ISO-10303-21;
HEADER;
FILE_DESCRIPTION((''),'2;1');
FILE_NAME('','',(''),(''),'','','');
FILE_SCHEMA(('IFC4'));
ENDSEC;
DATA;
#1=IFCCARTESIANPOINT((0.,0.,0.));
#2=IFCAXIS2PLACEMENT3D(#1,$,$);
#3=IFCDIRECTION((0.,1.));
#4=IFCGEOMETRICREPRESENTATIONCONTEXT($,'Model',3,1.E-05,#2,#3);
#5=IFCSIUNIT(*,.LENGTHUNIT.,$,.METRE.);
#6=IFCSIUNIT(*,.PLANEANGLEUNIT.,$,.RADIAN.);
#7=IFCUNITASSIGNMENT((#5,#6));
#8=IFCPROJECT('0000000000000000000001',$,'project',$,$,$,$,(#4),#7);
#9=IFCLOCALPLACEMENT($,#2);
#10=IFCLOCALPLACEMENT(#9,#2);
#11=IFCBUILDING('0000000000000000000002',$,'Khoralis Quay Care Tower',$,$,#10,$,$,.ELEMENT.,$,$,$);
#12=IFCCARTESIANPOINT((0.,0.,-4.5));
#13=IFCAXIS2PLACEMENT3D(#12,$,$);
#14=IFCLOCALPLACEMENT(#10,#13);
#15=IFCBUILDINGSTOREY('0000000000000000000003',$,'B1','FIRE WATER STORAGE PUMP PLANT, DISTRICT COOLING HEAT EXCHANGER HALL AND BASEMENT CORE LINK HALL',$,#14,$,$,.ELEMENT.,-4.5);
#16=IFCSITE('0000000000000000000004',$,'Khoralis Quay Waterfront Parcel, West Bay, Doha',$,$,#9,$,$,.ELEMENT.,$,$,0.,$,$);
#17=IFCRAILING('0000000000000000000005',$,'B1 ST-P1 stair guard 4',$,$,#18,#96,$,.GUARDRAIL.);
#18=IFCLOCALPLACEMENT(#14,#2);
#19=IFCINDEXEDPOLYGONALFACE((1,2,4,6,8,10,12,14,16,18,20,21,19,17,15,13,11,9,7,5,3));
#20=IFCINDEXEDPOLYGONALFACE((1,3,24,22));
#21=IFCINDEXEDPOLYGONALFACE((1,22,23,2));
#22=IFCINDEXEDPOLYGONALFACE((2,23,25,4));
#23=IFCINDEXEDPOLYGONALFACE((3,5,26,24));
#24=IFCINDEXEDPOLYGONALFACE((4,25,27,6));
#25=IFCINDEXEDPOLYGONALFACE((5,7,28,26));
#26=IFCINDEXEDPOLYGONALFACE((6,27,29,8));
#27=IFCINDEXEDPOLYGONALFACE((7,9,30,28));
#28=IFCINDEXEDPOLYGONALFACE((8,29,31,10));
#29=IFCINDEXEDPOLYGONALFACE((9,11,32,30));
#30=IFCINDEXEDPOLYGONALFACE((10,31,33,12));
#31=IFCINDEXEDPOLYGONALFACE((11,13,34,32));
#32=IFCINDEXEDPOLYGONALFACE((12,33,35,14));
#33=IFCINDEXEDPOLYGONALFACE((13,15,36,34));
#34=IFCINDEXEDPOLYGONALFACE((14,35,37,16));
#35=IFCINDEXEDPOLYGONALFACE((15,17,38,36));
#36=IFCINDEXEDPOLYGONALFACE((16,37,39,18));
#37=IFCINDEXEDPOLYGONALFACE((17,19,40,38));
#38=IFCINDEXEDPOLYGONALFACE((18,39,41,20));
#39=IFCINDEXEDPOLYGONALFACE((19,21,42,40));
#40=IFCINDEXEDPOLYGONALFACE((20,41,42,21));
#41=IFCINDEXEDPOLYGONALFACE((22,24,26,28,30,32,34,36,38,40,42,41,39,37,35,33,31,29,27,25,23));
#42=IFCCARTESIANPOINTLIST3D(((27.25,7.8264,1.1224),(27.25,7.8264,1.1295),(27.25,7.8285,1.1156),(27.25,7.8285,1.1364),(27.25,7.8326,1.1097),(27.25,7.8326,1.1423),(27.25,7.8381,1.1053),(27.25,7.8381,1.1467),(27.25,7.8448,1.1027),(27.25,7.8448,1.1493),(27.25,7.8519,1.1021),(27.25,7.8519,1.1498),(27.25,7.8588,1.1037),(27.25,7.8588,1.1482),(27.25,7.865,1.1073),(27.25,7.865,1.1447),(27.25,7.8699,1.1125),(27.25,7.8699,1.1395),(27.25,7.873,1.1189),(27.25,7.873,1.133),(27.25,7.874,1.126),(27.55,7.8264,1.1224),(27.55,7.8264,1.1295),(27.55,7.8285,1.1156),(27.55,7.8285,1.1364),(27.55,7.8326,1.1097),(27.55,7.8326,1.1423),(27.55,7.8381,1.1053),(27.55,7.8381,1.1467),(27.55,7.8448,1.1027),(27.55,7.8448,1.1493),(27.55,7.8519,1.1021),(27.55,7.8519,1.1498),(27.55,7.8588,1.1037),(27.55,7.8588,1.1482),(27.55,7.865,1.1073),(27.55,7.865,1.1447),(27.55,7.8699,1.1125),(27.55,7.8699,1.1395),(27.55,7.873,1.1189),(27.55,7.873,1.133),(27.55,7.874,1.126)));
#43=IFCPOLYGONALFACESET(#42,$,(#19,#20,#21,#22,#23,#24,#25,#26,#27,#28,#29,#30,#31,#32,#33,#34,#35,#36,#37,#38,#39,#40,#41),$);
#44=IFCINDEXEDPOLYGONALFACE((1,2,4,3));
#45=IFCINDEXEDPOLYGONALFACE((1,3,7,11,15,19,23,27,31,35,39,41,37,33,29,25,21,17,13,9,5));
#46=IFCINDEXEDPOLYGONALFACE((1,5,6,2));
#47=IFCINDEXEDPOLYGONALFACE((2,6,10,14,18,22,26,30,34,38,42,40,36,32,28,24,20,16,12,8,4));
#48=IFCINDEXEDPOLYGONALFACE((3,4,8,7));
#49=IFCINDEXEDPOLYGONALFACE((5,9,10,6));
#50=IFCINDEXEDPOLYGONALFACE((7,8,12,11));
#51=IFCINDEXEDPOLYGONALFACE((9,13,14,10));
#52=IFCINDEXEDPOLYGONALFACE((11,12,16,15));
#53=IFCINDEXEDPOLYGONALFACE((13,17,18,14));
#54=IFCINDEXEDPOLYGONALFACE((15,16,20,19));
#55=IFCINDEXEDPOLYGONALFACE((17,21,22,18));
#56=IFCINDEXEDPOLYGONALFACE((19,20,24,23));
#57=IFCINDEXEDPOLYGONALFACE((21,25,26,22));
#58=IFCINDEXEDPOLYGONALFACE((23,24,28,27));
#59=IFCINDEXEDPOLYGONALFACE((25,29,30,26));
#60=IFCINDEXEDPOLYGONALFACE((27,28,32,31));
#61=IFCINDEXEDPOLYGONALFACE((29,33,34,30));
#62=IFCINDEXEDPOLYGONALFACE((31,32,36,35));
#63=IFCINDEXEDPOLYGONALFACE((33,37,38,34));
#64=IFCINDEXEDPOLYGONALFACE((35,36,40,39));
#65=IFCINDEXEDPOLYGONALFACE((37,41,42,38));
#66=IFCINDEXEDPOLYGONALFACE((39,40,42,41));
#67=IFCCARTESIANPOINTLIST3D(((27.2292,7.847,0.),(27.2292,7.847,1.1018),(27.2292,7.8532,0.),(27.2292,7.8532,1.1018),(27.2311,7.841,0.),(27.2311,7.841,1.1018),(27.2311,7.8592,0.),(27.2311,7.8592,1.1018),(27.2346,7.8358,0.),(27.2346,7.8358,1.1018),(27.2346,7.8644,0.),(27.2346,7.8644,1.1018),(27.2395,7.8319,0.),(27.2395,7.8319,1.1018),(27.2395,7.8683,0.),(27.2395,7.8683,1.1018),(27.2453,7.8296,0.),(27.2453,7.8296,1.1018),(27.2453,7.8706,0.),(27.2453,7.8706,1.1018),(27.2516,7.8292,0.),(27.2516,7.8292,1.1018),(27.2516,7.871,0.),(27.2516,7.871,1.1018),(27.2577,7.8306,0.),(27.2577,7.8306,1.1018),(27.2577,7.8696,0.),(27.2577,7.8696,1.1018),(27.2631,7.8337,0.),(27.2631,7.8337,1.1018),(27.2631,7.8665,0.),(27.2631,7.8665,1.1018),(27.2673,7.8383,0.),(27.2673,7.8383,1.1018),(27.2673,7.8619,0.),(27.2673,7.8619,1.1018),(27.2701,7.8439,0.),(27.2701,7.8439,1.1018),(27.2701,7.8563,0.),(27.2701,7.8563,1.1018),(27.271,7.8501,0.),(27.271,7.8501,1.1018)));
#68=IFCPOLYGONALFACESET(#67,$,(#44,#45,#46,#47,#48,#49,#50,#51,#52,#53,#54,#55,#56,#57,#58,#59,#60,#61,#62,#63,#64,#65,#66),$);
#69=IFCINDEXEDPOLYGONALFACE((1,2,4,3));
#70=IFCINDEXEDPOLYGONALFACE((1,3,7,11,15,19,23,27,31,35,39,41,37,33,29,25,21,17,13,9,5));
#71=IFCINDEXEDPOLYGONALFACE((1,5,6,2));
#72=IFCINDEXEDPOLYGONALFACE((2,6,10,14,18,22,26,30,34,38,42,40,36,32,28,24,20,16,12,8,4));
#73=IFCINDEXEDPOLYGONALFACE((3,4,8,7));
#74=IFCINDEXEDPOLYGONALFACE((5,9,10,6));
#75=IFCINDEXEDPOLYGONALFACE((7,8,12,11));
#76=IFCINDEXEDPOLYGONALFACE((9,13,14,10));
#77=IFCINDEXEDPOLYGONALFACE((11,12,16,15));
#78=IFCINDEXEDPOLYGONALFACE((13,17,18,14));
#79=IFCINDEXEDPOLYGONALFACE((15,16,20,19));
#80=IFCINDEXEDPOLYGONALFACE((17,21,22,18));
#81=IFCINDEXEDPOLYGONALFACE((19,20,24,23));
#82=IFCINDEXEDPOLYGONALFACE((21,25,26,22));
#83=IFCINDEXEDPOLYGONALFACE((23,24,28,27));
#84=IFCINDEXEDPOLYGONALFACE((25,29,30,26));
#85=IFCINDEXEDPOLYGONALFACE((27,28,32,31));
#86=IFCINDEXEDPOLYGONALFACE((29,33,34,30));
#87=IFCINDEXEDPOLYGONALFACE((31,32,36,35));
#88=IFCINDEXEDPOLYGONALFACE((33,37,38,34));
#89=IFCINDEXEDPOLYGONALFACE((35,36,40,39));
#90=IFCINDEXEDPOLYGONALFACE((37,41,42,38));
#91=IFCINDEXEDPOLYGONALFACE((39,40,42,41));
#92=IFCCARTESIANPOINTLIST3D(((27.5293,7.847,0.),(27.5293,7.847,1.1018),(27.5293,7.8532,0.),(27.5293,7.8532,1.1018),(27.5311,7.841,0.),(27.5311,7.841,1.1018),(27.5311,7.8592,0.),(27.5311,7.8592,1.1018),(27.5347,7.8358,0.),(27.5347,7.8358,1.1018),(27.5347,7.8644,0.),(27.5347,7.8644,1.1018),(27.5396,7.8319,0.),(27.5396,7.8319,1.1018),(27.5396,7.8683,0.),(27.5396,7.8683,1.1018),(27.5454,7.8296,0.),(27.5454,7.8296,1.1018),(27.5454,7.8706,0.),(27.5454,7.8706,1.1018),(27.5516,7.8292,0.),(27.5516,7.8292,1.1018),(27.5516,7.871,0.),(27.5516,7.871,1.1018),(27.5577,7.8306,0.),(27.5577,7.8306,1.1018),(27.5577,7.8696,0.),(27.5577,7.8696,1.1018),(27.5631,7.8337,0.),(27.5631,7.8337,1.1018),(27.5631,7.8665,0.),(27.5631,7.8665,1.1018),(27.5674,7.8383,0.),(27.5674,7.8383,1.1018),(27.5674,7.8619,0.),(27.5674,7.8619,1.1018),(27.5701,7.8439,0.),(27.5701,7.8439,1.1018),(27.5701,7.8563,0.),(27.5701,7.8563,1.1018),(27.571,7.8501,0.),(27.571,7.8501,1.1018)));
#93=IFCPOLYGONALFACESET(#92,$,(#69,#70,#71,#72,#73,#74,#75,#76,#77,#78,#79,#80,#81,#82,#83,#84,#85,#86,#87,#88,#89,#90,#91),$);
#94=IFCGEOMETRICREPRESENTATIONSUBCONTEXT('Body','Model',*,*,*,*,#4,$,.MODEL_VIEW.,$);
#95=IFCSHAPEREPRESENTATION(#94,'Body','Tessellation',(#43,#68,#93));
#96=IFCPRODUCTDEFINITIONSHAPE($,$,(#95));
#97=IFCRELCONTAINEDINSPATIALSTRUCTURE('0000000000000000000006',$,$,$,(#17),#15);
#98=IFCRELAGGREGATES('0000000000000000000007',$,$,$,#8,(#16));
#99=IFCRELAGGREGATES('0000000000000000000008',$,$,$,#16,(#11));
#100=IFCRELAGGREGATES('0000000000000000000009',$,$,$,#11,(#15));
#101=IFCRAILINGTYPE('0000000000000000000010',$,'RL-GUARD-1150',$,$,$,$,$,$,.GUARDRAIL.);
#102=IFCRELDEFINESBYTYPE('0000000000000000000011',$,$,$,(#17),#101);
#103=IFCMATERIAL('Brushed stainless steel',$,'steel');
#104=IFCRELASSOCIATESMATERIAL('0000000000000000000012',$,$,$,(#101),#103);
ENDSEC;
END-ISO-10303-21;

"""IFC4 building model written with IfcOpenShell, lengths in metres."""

from ifc_helpers import new_model, si_unit, direction, frame, origin, origin_2d, place, context, subcontext, project, spatial, circle, extrude, material, type_object, element, save


model = new_model("IFC4")

# Units and contexts
model_context = context("Model", 3, precision=1e-05, world=origin(), true_north=direction((0.0, 1.0)))
body_context = subcontext(model_context, "Body", "Model", "MODEL_VIEW")
ifc_project = project(units=[si_unit("LENGTHUNIT", "METRE"), si_unit("PLANEANGLEUNIT", "RADIAN")], contexts=[model_context])

# Site, building, storey
site_placement = place(None, origin())
site = spatial("IfcSite", under=ifc_project, at=site_placement, Name="Khoralis Quay Waterfront Parcel, West Bay, Doha", CompositionType="ELEMENT", RefElevation=0.0)
building_placement = place(site_placement, origin())
building = spatial("IfcBuilding", under=site, at=building_placement, Name="Khoralis Quay Care Tower", CompositionType="ELEMENT")
storey_placement = place(building_placement, frame((0.0, 0.0, -4.5)))
storey = spatial("IfcBuildingStorey", under=building, at=storey_placement, Name="B1", Description="FIRE WATER STORAGE PUMP PLANT, DISTRICT COOLING HEAT EXCHANGER HALL AND BASEMENT CORE LINK HALL", CompositionType="ELEMENT", Elevation=-4.5)

# Railing
ifc_material_1 = material(Name="Brushed stainless steel", Category="steel")
railing_type_1 = type_object("IfcRailingType", Name="RL-GUARD-1150", PredefinedType="GUARDRAIL", material=ifc_material_1)
railing_1_placement = place(storey_placement, frame((27.25, 7.8501, 0.0)))
element("IfcRailing", 1, at=railing_1_placement, inside=storey, type_object=railing_type_1, Name="B1 ST-P1 stair guard 4", PredefinedType="GUARDRAIL", context=body_context, shape_type="SweptSolid", body=[
    extrude(circle(Radius=0.0239, at=origin_2d()), frame((0.0, 0.0, 1.126), z_axis=(1.0, 0.0, 0.0), x_axis=(0.0, 1.0, 0.0)), (0.0, 0.0, 1.0), 0.3),
    extrude(circle(Radius=0.021, at=origin_2d()), origin(), (0.0, 0.0, 1.0), 1.1018),
    extrude(circle(Radius=0.021, at=origin_2d()), frame((0.3, 0.0, 0.0)), (0.0, 0.0, 1.0), 1.1018),
])

save(model, "model.ifc")
